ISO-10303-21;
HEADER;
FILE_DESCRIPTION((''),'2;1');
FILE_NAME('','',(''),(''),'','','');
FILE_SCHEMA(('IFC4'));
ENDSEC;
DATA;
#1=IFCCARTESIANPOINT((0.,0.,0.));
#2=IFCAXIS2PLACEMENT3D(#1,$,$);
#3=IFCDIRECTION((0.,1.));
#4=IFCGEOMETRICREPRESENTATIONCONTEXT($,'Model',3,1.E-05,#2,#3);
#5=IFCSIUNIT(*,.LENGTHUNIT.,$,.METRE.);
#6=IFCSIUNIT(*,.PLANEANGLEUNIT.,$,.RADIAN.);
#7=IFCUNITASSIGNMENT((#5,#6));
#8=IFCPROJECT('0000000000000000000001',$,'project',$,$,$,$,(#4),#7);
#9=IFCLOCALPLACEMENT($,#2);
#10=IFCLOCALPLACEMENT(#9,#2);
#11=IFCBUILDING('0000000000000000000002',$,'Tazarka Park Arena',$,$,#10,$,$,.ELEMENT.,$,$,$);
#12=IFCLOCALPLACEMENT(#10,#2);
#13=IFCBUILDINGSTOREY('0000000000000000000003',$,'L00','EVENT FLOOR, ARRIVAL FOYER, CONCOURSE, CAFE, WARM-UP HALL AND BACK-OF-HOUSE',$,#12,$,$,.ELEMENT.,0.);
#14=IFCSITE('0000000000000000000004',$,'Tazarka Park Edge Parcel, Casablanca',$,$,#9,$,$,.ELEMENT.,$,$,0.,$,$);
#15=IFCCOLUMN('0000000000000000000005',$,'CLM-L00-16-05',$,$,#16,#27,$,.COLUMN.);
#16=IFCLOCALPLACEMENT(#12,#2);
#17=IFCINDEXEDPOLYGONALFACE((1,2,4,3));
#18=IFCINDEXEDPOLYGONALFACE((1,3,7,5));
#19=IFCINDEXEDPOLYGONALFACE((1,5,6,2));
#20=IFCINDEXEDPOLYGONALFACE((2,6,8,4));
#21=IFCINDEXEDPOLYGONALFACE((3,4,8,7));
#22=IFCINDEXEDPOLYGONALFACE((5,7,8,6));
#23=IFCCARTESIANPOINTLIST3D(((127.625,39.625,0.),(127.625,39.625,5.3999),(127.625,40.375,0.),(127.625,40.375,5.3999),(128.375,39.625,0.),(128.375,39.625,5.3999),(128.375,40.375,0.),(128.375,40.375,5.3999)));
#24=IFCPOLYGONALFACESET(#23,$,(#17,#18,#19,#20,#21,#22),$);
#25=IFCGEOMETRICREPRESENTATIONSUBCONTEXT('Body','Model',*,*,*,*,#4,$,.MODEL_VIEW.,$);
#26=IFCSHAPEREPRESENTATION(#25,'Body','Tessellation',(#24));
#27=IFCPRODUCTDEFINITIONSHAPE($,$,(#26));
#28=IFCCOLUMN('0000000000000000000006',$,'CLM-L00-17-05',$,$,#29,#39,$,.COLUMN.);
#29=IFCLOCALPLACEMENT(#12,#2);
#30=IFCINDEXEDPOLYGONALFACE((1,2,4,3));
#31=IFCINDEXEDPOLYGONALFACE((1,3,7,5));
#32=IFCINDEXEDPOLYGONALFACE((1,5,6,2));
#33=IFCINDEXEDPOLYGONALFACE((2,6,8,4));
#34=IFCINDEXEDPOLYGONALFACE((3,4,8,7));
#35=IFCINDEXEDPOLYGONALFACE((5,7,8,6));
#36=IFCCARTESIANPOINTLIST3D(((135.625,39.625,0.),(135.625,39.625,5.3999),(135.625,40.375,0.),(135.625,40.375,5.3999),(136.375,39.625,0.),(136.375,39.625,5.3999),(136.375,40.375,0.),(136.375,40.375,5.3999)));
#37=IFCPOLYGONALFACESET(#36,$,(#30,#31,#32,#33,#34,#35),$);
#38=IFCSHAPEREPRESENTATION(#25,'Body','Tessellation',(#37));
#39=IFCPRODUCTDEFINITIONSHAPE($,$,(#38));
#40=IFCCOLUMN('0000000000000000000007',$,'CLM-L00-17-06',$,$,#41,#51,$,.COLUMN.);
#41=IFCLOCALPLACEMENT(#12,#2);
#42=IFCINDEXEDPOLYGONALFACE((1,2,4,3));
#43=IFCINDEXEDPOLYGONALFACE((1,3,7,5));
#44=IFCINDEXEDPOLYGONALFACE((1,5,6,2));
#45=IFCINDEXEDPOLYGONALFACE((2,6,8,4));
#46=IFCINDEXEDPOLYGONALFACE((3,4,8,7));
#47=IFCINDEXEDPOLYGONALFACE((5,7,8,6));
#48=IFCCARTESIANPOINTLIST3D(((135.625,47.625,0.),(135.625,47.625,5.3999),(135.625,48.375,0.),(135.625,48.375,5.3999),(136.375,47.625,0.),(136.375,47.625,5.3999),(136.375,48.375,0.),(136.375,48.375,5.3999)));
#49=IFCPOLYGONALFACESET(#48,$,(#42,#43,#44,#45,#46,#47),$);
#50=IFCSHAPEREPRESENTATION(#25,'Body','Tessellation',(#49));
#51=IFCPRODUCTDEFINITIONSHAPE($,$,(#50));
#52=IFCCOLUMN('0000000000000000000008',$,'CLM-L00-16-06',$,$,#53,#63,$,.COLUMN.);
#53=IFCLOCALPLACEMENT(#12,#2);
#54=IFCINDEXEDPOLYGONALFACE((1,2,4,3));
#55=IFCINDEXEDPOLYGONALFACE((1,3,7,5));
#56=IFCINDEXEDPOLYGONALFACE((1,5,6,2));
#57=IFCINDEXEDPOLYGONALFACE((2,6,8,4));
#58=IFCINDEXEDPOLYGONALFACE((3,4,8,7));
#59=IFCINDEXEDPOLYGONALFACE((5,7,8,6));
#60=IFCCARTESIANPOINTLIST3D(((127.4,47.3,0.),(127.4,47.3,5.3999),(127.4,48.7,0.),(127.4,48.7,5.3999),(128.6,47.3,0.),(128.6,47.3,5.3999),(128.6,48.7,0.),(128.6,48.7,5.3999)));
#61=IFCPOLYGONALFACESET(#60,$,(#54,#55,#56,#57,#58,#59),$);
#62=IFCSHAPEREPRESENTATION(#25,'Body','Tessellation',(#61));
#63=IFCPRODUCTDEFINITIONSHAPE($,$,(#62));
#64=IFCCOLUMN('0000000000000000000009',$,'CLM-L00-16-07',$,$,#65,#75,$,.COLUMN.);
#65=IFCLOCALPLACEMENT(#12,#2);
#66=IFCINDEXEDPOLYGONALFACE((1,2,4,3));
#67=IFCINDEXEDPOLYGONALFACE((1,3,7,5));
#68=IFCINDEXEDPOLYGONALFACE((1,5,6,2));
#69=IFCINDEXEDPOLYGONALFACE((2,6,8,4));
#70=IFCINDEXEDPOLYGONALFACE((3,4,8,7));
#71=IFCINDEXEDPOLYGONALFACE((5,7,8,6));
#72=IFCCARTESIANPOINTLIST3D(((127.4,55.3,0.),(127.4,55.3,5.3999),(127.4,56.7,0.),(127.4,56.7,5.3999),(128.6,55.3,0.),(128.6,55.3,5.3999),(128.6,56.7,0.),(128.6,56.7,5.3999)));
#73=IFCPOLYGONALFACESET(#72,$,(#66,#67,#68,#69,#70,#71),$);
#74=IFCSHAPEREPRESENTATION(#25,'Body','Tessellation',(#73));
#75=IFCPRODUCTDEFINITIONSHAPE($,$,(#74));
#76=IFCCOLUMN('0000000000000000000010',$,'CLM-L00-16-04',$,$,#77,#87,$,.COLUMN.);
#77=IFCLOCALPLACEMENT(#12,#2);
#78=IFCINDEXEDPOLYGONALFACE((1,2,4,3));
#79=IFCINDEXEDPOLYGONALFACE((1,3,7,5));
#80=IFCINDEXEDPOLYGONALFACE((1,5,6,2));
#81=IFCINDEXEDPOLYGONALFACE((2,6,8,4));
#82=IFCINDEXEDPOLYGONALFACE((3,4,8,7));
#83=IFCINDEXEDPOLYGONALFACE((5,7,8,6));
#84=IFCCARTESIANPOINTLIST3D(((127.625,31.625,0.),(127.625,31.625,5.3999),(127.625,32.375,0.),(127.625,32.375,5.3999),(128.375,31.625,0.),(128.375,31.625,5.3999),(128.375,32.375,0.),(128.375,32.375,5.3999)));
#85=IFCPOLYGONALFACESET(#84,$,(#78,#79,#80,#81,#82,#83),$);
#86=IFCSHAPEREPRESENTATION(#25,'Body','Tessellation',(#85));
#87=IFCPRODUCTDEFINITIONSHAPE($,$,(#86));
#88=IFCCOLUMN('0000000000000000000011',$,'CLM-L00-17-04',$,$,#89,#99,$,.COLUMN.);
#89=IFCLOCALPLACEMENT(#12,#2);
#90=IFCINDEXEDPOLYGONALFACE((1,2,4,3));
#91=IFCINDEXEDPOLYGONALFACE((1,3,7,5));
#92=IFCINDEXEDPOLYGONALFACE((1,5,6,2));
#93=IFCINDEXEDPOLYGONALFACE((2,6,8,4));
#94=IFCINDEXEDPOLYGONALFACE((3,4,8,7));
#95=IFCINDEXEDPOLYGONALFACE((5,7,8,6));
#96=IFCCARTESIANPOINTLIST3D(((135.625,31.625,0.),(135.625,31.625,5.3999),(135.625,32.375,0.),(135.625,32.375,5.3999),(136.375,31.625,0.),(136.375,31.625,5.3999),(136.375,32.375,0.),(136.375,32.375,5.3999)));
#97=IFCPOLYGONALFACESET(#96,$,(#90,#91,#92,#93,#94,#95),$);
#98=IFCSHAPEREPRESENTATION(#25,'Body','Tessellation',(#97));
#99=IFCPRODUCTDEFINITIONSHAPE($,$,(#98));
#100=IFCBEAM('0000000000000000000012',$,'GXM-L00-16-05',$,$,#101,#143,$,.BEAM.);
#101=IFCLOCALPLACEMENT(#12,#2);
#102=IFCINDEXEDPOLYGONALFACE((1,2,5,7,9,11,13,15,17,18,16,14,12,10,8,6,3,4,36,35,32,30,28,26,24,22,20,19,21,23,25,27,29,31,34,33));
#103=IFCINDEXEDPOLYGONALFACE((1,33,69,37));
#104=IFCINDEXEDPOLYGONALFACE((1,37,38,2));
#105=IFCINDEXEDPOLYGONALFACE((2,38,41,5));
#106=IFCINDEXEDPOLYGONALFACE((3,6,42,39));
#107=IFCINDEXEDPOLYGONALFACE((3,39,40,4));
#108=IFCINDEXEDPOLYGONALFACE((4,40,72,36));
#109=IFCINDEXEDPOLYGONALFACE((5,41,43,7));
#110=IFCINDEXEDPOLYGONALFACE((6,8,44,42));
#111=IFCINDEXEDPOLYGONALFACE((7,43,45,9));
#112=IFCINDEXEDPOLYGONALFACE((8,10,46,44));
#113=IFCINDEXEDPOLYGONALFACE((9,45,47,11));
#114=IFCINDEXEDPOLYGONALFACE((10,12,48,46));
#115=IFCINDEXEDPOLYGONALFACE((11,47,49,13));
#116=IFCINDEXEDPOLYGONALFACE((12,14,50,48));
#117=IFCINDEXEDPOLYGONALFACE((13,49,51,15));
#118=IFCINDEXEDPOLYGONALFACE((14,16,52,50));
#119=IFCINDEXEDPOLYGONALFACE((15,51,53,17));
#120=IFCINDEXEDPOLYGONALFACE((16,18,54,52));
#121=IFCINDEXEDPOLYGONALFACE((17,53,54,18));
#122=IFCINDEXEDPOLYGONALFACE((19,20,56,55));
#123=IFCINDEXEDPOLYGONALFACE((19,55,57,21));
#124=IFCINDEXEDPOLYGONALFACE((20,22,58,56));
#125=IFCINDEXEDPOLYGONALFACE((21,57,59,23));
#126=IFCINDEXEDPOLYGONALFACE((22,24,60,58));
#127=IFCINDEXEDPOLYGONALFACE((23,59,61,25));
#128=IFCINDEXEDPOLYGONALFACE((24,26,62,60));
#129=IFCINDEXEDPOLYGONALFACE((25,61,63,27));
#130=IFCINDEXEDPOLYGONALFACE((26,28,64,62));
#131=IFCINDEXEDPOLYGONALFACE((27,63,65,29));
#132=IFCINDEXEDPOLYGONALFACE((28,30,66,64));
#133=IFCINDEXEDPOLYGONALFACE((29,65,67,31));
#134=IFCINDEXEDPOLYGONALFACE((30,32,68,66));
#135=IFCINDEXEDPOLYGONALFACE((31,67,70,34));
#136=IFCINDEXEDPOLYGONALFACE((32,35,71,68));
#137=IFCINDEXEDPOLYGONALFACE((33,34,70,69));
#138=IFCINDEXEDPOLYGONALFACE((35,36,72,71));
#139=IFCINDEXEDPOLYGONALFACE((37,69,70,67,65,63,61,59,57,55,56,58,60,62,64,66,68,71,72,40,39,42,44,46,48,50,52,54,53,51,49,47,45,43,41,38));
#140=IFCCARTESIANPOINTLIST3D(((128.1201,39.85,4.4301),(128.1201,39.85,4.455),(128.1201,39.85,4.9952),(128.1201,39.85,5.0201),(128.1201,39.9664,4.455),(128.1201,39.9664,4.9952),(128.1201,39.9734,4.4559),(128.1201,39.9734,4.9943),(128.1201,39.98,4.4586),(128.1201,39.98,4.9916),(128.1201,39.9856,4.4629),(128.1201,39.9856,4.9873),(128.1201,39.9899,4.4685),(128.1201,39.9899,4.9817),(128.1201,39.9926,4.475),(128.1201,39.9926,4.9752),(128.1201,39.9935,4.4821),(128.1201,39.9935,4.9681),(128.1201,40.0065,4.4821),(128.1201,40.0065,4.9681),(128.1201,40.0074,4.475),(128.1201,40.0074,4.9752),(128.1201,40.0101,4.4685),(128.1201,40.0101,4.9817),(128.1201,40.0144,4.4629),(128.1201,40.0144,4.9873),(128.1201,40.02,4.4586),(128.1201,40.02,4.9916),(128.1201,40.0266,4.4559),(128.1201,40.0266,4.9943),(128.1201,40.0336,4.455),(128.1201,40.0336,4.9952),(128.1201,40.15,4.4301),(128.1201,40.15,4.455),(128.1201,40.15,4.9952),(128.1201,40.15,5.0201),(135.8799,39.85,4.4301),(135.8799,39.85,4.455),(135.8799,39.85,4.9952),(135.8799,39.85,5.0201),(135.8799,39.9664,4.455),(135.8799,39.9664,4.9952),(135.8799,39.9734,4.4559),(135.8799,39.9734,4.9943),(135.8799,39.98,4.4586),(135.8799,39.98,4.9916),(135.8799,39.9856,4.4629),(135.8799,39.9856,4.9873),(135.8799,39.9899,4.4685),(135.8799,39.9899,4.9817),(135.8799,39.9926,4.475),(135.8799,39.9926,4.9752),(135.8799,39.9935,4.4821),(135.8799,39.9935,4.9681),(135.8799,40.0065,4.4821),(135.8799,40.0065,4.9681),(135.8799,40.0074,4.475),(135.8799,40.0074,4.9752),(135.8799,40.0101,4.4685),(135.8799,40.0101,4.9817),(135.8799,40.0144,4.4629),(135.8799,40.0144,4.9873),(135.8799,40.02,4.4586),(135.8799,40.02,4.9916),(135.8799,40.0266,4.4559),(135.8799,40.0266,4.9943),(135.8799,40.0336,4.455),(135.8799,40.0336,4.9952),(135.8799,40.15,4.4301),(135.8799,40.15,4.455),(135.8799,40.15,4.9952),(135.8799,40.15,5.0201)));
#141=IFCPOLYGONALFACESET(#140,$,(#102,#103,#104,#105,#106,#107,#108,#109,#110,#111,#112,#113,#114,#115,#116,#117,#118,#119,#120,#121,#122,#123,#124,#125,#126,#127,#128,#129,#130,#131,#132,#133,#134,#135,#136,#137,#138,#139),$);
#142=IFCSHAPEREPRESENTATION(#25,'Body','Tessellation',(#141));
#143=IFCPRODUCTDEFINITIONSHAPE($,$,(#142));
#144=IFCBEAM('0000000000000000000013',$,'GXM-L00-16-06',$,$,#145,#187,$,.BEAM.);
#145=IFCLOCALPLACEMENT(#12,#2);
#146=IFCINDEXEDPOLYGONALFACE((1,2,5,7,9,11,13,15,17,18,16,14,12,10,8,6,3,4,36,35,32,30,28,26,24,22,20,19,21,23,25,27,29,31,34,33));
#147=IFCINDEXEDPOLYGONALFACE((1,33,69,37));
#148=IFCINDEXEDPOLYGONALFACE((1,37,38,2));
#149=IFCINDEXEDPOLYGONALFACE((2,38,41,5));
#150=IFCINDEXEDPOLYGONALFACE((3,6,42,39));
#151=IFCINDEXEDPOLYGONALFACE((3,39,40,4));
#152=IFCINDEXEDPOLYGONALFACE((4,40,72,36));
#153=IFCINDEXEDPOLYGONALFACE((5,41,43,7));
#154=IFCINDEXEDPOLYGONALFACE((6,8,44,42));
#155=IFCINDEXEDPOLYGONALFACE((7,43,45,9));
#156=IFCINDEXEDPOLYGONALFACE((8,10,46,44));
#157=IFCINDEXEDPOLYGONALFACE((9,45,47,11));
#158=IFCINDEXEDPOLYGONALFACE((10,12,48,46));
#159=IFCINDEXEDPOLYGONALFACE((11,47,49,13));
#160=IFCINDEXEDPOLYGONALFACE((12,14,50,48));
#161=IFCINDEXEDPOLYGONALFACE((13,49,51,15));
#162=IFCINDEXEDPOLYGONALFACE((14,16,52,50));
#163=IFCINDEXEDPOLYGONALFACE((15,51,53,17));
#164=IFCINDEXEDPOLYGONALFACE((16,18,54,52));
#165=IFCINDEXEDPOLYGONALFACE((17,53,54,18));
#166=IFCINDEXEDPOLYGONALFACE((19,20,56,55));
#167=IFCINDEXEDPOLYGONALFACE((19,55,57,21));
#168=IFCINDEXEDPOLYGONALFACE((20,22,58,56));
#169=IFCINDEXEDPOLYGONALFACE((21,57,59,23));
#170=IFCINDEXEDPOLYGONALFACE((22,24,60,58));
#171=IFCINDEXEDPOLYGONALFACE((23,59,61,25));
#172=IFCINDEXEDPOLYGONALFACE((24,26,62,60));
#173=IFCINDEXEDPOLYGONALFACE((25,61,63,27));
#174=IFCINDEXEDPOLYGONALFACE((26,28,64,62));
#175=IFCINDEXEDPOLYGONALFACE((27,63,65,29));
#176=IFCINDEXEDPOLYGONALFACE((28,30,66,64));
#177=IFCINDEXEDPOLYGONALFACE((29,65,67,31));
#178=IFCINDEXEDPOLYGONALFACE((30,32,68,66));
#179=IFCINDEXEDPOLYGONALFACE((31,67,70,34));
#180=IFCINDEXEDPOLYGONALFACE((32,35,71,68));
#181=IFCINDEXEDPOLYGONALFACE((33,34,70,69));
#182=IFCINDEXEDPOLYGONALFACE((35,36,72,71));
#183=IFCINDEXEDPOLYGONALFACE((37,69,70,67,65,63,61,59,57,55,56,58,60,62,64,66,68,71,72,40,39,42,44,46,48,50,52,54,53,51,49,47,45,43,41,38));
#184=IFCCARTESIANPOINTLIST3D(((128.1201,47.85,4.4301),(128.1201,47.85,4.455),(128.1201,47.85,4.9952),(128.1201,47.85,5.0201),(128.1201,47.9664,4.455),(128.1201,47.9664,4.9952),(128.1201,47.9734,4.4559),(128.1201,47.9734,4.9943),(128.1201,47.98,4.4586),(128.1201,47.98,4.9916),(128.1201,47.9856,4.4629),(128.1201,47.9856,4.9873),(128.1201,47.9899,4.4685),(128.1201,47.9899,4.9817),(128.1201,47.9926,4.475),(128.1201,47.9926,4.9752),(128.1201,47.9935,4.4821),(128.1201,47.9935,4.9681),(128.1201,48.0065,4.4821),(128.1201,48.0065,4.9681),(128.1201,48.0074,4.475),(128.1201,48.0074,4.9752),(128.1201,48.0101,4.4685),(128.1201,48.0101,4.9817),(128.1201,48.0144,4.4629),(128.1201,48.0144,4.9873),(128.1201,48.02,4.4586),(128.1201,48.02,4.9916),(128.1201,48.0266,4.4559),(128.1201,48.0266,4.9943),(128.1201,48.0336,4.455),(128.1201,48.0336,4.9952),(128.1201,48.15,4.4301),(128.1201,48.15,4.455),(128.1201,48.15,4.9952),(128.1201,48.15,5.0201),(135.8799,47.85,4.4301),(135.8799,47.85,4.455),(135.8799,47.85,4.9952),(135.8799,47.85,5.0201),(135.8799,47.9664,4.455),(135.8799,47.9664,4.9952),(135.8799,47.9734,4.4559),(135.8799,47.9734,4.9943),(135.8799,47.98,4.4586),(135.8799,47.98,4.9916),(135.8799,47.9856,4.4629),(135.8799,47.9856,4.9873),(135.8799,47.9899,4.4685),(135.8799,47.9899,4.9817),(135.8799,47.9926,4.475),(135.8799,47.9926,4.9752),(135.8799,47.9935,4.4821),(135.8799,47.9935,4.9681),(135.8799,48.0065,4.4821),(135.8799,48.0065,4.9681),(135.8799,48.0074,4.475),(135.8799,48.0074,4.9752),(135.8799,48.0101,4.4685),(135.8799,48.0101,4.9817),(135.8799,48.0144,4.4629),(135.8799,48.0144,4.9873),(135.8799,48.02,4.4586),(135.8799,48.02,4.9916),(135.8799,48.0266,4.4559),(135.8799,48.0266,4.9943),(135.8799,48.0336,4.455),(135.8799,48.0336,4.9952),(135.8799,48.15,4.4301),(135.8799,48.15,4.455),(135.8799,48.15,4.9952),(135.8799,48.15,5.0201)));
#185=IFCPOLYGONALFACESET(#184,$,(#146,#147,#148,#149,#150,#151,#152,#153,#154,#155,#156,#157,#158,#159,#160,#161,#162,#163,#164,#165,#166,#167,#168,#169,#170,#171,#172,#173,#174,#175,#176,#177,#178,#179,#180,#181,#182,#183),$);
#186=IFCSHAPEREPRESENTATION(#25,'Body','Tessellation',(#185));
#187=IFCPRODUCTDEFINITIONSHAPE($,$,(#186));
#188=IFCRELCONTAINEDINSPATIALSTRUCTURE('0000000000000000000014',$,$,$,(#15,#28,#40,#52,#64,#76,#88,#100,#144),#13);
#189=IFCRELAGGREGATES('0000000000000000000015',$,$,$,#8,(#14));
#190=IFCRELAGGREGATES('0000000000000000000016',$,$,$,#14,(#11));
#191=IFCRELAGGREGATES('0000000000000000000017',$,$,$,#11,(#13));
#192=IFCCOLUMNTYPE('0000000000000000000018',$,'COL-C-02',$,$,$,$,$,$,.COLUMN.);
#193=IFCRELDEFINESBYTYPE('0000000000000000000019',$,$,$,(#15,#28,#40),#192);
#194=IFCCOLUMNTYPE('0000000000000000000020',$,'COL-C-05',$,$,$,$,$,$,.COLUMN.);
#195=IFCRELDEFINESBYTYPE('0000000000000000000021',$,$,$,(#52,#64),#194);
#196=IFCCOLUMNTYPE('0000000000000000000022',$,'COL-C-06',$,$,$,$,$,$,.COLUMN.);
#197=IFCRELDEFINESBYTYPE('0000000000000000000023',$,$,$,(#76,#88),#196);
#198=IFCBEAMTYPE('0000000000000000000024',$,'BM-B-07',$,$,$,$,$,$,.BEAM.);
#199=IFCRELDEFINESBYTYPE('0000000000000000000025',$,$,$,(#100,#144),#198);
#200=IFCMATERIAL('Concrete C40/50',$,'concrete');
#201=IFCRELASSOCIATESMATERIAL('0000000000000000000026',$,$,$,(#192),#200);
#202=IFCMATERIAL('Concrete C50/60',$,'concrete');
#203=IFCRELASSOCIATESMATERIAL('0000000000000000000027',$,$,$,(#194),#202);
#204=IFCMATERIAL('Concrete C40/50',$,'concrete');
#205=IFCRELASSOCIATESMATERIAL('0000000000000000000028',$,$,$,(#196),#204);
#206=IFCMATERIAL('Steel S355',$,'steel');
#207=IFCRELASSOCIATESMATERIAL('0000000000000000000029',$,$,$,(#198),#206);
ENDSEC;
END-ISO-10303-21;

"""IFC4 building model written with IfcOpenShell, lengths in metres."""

from ifc_helpers import new_model, si_unit, direction, frame, origin, origin_2d, place, context, subcontext, project, spatial, rectangle, i_section, extrude, material, material_profile, profile_set, type_object, element, save


model = new_model("IFC4")

# Units and contexts
model_context = context("Model", 3, precision=1e-05, world=origin(), true_north=direction((0.0, 1.0)))
body_context = subcontext(model_context, "Body", "Model", "MODEL_VIEW")
ifc_project = project(units=[si_unit("LENGTHUNIT", "METRE"), si_unit("PLANEANGLEUNIT", "RADIAN")], contexts=[model_context])

# Site, building, storey
site_placement = place(None, origin())
site = spatial("IfcSite", under=ifc_project, at=site_placement, Name="Tazarka Park Edge Parcel, Casablanca", CompositionType="ELEMENT", RefElevation=0.0)
building_placement = place(site_placement, origin())
building = spatial("IfcBuilding", under=site, at=building_placement, Name="Tazarka Park Arena", CompositionType="ELEMENT")
storey_placement = place(building_placement, origin())
storey = spatial("IfcBuildingStorey", under=building, at=storey_placement, Name="L00", Description="EVENT FLOOR, ARRIVAL FOYER, CONCOURSE, CAFE, WARM-UP HALL AND BACK-OF-HOUSE", CompositionType="ELEMENT", Elevation=0.0)

# Columns
ifc_material_1 = material(Name="Concrete C40/50", Category="concrete")
ifc_material_profile_1 = material_profile(ifc_material_1, rectangle(XDim=0.75, YDim=0.75, at=origin_2d()), Name="Concrete C40/50")
ifc_profile_set_1 = profile_set([ifc_material_profile_1], Name="Concrete C40/50")
column_type_1 = type_object("IfcColumnType", Name="COL-C-02", PredefinedType="COLUMN", material=ifc_profile_set_1)
for number, where, z_axis, x_axis, name in (
    (1, (128.0, 40.0, 0.0), (0.0, 0.0, 1.0), (1.0, 0.0, 0.0), "CLM-L00-16-05"),
    (2, (136.0, 40.0, 0.0), (0.0, 0.0, 1.0), (1.0, 0.0, 0.0), "CLM-L00-17-05"),
    (3, (136.0, 48.0, 0.0), (0.0, 0.0, 1.0), (1.0, 0.0, 0.0), "CLM-L00-17-06"),
):
    element("IfcColumn", number, at=place(storey_placement, frame(where, z_axis=z_axis, x_axis=x_axis)), inside=storey, type_object=column_type_1, Name=name, PredefinedType="COLUMN", context=body_context, shape_type="SweptSolid", body=[
        extrude(rectangle(XDim=0.75, YDim=0.75, at=origin_2d()), origin(), (0.0, 0.0, 1.0), 5.3999),
    ])
ifc_material_2 = material(Name="Concrete C50/60", Category="concrete")
ifc_material_profile_2 = material_profile(ifc_material_2, rectangle(XDim=1.2, YDim=1.3999, at=origin_2d()), Name="Concrete C50/60")
ifc_profile_set_2 = profile_set([ifc_material_profile_2], Name="Concrete C50/60")
column_type_2 = type_object("IfcColumnType", Name="COL-C-05", PredefinedType="COLUMN", material=ifc_profile_set_2)
for number, where, z_axis, x_axis, name in (
    (4, (128.0, 48.0, 0.0), (0.0, 0.0, 1.0), (1.0, 0.0, 0.0), "CLM-L00-16-06"),
    (5, (128.0, 56.0, 0.0), (0.0, 0.0, 1.0), (1.0, 0.0, 0.0), "CLM-L00-16-07"),
):
    element("IfcColumn", number, at=place(storey_placement, frame(where, z_axis=z_axis, x_axis=x_axis)), inside=storey, type_object=column_type_2, Name=name, PredefinedType="COLUMN", context=body_context, shape_type="SweptSolid", body=[
        extrude(rectangle(XDim=1.2, YDim=1.3999, at=origin_2d()), origin(), (0.0, 0.0, 1.0), 5.3999),
    ])
ifc_material_3 = material(Name="Concrete C40/50", Category="concrete")
ifc_material_profile_3 = material_profile(ifc_material_3, rectangle(XDim=0.75, YDim=0.75, at=origin_2d()), Name="Concrete C40/50")
ifc_profile_set_3 = profile_set([ifc_material_profile_3], Name="Concrete C40/50")
column_type_3 = type_object("IfcColumnType", Name="COL-C-06", PredefinedType="COLUMN", material=ifc_profile_set_3)
for number, where, z_axis, x_axis, name in (
    (6, (128.0, 32.0, 0.0), (0.0, 0.0, 1.0), (1.0, 0.0, 0.0), "CLM-L00-16-04"),
    (7, (136.0, 32.0, 0.0), (0.0, 0.0, 1.0), (1.0, 0.0, 0.0), "CLM-L00-17-04"),
):
    element("IfcColumn", number, at=place(storey_placement, frame(where, z_axis=z_axis, x_axis=x_axis)), inside=storey, type_object=column_type_3, Name=name, PredefinedType="COLUMN", context=body_context, shape_type="SweptSolid", body=[
        extrude(rectangle(XDim=0.75, YDim=0.75, at=origin_2d()), origin(), (0.0, 0.0, 1.0), 5.3999),
    ])

# Beams
ifc_material_4 = material(Name="Steel S355", Category="steel")
ifc_material_profile_4 = material_profile(ifc_material_4, i_section(OverallWidth=0.3, OverallDepth=0.5901, WebThickness=0.0129, FlangeThickness=0.0249, FilletRadius=0.0271, at=origin_2d()), Name="Steel S355")
ifc_profile_set_4 = profile_set([ifc_material_profile_4], Name="Steel S355")
beam_type_1 = type_object("IfcBeamType", Name="BM-B-07", PredefinedType="BEAM", material=ifc_profile_set_4)
for number, where, z_axis, x_axis, name in (
    (8, (128.1201, 40.0, 4.7251), (1.0, 0.0, 0.0), (0.0, 1.0, 0.0), "GXM-L00-16-05"),
    (9, (128.1201, 48.0, 4.7251), (1.0, 0.0, 0.0), (0.0, 1.0, 0.0), "GXM-L00-16-06"),
):
    element("IfcBeam", number, at=place(storey_placement, frame(where, z_axis=z_axis, x_axis=x_axis)), inside=storey, type_object=beam_type_1, Name=name, PredefinedType="BEAM", context=body_context, shape_type="SweptSolid", body=[
        extrude(i_section(OverallWidth=0.3, OverallDepth=0.5901, WebThickness=0.0129, FlangeThickness=0.0249, FilletRadius=0.0271, at=origin_2d()), origin(), (0.0, 0.0, 1.0), 7.7598),
    ])

save(model, "model.ifc")
